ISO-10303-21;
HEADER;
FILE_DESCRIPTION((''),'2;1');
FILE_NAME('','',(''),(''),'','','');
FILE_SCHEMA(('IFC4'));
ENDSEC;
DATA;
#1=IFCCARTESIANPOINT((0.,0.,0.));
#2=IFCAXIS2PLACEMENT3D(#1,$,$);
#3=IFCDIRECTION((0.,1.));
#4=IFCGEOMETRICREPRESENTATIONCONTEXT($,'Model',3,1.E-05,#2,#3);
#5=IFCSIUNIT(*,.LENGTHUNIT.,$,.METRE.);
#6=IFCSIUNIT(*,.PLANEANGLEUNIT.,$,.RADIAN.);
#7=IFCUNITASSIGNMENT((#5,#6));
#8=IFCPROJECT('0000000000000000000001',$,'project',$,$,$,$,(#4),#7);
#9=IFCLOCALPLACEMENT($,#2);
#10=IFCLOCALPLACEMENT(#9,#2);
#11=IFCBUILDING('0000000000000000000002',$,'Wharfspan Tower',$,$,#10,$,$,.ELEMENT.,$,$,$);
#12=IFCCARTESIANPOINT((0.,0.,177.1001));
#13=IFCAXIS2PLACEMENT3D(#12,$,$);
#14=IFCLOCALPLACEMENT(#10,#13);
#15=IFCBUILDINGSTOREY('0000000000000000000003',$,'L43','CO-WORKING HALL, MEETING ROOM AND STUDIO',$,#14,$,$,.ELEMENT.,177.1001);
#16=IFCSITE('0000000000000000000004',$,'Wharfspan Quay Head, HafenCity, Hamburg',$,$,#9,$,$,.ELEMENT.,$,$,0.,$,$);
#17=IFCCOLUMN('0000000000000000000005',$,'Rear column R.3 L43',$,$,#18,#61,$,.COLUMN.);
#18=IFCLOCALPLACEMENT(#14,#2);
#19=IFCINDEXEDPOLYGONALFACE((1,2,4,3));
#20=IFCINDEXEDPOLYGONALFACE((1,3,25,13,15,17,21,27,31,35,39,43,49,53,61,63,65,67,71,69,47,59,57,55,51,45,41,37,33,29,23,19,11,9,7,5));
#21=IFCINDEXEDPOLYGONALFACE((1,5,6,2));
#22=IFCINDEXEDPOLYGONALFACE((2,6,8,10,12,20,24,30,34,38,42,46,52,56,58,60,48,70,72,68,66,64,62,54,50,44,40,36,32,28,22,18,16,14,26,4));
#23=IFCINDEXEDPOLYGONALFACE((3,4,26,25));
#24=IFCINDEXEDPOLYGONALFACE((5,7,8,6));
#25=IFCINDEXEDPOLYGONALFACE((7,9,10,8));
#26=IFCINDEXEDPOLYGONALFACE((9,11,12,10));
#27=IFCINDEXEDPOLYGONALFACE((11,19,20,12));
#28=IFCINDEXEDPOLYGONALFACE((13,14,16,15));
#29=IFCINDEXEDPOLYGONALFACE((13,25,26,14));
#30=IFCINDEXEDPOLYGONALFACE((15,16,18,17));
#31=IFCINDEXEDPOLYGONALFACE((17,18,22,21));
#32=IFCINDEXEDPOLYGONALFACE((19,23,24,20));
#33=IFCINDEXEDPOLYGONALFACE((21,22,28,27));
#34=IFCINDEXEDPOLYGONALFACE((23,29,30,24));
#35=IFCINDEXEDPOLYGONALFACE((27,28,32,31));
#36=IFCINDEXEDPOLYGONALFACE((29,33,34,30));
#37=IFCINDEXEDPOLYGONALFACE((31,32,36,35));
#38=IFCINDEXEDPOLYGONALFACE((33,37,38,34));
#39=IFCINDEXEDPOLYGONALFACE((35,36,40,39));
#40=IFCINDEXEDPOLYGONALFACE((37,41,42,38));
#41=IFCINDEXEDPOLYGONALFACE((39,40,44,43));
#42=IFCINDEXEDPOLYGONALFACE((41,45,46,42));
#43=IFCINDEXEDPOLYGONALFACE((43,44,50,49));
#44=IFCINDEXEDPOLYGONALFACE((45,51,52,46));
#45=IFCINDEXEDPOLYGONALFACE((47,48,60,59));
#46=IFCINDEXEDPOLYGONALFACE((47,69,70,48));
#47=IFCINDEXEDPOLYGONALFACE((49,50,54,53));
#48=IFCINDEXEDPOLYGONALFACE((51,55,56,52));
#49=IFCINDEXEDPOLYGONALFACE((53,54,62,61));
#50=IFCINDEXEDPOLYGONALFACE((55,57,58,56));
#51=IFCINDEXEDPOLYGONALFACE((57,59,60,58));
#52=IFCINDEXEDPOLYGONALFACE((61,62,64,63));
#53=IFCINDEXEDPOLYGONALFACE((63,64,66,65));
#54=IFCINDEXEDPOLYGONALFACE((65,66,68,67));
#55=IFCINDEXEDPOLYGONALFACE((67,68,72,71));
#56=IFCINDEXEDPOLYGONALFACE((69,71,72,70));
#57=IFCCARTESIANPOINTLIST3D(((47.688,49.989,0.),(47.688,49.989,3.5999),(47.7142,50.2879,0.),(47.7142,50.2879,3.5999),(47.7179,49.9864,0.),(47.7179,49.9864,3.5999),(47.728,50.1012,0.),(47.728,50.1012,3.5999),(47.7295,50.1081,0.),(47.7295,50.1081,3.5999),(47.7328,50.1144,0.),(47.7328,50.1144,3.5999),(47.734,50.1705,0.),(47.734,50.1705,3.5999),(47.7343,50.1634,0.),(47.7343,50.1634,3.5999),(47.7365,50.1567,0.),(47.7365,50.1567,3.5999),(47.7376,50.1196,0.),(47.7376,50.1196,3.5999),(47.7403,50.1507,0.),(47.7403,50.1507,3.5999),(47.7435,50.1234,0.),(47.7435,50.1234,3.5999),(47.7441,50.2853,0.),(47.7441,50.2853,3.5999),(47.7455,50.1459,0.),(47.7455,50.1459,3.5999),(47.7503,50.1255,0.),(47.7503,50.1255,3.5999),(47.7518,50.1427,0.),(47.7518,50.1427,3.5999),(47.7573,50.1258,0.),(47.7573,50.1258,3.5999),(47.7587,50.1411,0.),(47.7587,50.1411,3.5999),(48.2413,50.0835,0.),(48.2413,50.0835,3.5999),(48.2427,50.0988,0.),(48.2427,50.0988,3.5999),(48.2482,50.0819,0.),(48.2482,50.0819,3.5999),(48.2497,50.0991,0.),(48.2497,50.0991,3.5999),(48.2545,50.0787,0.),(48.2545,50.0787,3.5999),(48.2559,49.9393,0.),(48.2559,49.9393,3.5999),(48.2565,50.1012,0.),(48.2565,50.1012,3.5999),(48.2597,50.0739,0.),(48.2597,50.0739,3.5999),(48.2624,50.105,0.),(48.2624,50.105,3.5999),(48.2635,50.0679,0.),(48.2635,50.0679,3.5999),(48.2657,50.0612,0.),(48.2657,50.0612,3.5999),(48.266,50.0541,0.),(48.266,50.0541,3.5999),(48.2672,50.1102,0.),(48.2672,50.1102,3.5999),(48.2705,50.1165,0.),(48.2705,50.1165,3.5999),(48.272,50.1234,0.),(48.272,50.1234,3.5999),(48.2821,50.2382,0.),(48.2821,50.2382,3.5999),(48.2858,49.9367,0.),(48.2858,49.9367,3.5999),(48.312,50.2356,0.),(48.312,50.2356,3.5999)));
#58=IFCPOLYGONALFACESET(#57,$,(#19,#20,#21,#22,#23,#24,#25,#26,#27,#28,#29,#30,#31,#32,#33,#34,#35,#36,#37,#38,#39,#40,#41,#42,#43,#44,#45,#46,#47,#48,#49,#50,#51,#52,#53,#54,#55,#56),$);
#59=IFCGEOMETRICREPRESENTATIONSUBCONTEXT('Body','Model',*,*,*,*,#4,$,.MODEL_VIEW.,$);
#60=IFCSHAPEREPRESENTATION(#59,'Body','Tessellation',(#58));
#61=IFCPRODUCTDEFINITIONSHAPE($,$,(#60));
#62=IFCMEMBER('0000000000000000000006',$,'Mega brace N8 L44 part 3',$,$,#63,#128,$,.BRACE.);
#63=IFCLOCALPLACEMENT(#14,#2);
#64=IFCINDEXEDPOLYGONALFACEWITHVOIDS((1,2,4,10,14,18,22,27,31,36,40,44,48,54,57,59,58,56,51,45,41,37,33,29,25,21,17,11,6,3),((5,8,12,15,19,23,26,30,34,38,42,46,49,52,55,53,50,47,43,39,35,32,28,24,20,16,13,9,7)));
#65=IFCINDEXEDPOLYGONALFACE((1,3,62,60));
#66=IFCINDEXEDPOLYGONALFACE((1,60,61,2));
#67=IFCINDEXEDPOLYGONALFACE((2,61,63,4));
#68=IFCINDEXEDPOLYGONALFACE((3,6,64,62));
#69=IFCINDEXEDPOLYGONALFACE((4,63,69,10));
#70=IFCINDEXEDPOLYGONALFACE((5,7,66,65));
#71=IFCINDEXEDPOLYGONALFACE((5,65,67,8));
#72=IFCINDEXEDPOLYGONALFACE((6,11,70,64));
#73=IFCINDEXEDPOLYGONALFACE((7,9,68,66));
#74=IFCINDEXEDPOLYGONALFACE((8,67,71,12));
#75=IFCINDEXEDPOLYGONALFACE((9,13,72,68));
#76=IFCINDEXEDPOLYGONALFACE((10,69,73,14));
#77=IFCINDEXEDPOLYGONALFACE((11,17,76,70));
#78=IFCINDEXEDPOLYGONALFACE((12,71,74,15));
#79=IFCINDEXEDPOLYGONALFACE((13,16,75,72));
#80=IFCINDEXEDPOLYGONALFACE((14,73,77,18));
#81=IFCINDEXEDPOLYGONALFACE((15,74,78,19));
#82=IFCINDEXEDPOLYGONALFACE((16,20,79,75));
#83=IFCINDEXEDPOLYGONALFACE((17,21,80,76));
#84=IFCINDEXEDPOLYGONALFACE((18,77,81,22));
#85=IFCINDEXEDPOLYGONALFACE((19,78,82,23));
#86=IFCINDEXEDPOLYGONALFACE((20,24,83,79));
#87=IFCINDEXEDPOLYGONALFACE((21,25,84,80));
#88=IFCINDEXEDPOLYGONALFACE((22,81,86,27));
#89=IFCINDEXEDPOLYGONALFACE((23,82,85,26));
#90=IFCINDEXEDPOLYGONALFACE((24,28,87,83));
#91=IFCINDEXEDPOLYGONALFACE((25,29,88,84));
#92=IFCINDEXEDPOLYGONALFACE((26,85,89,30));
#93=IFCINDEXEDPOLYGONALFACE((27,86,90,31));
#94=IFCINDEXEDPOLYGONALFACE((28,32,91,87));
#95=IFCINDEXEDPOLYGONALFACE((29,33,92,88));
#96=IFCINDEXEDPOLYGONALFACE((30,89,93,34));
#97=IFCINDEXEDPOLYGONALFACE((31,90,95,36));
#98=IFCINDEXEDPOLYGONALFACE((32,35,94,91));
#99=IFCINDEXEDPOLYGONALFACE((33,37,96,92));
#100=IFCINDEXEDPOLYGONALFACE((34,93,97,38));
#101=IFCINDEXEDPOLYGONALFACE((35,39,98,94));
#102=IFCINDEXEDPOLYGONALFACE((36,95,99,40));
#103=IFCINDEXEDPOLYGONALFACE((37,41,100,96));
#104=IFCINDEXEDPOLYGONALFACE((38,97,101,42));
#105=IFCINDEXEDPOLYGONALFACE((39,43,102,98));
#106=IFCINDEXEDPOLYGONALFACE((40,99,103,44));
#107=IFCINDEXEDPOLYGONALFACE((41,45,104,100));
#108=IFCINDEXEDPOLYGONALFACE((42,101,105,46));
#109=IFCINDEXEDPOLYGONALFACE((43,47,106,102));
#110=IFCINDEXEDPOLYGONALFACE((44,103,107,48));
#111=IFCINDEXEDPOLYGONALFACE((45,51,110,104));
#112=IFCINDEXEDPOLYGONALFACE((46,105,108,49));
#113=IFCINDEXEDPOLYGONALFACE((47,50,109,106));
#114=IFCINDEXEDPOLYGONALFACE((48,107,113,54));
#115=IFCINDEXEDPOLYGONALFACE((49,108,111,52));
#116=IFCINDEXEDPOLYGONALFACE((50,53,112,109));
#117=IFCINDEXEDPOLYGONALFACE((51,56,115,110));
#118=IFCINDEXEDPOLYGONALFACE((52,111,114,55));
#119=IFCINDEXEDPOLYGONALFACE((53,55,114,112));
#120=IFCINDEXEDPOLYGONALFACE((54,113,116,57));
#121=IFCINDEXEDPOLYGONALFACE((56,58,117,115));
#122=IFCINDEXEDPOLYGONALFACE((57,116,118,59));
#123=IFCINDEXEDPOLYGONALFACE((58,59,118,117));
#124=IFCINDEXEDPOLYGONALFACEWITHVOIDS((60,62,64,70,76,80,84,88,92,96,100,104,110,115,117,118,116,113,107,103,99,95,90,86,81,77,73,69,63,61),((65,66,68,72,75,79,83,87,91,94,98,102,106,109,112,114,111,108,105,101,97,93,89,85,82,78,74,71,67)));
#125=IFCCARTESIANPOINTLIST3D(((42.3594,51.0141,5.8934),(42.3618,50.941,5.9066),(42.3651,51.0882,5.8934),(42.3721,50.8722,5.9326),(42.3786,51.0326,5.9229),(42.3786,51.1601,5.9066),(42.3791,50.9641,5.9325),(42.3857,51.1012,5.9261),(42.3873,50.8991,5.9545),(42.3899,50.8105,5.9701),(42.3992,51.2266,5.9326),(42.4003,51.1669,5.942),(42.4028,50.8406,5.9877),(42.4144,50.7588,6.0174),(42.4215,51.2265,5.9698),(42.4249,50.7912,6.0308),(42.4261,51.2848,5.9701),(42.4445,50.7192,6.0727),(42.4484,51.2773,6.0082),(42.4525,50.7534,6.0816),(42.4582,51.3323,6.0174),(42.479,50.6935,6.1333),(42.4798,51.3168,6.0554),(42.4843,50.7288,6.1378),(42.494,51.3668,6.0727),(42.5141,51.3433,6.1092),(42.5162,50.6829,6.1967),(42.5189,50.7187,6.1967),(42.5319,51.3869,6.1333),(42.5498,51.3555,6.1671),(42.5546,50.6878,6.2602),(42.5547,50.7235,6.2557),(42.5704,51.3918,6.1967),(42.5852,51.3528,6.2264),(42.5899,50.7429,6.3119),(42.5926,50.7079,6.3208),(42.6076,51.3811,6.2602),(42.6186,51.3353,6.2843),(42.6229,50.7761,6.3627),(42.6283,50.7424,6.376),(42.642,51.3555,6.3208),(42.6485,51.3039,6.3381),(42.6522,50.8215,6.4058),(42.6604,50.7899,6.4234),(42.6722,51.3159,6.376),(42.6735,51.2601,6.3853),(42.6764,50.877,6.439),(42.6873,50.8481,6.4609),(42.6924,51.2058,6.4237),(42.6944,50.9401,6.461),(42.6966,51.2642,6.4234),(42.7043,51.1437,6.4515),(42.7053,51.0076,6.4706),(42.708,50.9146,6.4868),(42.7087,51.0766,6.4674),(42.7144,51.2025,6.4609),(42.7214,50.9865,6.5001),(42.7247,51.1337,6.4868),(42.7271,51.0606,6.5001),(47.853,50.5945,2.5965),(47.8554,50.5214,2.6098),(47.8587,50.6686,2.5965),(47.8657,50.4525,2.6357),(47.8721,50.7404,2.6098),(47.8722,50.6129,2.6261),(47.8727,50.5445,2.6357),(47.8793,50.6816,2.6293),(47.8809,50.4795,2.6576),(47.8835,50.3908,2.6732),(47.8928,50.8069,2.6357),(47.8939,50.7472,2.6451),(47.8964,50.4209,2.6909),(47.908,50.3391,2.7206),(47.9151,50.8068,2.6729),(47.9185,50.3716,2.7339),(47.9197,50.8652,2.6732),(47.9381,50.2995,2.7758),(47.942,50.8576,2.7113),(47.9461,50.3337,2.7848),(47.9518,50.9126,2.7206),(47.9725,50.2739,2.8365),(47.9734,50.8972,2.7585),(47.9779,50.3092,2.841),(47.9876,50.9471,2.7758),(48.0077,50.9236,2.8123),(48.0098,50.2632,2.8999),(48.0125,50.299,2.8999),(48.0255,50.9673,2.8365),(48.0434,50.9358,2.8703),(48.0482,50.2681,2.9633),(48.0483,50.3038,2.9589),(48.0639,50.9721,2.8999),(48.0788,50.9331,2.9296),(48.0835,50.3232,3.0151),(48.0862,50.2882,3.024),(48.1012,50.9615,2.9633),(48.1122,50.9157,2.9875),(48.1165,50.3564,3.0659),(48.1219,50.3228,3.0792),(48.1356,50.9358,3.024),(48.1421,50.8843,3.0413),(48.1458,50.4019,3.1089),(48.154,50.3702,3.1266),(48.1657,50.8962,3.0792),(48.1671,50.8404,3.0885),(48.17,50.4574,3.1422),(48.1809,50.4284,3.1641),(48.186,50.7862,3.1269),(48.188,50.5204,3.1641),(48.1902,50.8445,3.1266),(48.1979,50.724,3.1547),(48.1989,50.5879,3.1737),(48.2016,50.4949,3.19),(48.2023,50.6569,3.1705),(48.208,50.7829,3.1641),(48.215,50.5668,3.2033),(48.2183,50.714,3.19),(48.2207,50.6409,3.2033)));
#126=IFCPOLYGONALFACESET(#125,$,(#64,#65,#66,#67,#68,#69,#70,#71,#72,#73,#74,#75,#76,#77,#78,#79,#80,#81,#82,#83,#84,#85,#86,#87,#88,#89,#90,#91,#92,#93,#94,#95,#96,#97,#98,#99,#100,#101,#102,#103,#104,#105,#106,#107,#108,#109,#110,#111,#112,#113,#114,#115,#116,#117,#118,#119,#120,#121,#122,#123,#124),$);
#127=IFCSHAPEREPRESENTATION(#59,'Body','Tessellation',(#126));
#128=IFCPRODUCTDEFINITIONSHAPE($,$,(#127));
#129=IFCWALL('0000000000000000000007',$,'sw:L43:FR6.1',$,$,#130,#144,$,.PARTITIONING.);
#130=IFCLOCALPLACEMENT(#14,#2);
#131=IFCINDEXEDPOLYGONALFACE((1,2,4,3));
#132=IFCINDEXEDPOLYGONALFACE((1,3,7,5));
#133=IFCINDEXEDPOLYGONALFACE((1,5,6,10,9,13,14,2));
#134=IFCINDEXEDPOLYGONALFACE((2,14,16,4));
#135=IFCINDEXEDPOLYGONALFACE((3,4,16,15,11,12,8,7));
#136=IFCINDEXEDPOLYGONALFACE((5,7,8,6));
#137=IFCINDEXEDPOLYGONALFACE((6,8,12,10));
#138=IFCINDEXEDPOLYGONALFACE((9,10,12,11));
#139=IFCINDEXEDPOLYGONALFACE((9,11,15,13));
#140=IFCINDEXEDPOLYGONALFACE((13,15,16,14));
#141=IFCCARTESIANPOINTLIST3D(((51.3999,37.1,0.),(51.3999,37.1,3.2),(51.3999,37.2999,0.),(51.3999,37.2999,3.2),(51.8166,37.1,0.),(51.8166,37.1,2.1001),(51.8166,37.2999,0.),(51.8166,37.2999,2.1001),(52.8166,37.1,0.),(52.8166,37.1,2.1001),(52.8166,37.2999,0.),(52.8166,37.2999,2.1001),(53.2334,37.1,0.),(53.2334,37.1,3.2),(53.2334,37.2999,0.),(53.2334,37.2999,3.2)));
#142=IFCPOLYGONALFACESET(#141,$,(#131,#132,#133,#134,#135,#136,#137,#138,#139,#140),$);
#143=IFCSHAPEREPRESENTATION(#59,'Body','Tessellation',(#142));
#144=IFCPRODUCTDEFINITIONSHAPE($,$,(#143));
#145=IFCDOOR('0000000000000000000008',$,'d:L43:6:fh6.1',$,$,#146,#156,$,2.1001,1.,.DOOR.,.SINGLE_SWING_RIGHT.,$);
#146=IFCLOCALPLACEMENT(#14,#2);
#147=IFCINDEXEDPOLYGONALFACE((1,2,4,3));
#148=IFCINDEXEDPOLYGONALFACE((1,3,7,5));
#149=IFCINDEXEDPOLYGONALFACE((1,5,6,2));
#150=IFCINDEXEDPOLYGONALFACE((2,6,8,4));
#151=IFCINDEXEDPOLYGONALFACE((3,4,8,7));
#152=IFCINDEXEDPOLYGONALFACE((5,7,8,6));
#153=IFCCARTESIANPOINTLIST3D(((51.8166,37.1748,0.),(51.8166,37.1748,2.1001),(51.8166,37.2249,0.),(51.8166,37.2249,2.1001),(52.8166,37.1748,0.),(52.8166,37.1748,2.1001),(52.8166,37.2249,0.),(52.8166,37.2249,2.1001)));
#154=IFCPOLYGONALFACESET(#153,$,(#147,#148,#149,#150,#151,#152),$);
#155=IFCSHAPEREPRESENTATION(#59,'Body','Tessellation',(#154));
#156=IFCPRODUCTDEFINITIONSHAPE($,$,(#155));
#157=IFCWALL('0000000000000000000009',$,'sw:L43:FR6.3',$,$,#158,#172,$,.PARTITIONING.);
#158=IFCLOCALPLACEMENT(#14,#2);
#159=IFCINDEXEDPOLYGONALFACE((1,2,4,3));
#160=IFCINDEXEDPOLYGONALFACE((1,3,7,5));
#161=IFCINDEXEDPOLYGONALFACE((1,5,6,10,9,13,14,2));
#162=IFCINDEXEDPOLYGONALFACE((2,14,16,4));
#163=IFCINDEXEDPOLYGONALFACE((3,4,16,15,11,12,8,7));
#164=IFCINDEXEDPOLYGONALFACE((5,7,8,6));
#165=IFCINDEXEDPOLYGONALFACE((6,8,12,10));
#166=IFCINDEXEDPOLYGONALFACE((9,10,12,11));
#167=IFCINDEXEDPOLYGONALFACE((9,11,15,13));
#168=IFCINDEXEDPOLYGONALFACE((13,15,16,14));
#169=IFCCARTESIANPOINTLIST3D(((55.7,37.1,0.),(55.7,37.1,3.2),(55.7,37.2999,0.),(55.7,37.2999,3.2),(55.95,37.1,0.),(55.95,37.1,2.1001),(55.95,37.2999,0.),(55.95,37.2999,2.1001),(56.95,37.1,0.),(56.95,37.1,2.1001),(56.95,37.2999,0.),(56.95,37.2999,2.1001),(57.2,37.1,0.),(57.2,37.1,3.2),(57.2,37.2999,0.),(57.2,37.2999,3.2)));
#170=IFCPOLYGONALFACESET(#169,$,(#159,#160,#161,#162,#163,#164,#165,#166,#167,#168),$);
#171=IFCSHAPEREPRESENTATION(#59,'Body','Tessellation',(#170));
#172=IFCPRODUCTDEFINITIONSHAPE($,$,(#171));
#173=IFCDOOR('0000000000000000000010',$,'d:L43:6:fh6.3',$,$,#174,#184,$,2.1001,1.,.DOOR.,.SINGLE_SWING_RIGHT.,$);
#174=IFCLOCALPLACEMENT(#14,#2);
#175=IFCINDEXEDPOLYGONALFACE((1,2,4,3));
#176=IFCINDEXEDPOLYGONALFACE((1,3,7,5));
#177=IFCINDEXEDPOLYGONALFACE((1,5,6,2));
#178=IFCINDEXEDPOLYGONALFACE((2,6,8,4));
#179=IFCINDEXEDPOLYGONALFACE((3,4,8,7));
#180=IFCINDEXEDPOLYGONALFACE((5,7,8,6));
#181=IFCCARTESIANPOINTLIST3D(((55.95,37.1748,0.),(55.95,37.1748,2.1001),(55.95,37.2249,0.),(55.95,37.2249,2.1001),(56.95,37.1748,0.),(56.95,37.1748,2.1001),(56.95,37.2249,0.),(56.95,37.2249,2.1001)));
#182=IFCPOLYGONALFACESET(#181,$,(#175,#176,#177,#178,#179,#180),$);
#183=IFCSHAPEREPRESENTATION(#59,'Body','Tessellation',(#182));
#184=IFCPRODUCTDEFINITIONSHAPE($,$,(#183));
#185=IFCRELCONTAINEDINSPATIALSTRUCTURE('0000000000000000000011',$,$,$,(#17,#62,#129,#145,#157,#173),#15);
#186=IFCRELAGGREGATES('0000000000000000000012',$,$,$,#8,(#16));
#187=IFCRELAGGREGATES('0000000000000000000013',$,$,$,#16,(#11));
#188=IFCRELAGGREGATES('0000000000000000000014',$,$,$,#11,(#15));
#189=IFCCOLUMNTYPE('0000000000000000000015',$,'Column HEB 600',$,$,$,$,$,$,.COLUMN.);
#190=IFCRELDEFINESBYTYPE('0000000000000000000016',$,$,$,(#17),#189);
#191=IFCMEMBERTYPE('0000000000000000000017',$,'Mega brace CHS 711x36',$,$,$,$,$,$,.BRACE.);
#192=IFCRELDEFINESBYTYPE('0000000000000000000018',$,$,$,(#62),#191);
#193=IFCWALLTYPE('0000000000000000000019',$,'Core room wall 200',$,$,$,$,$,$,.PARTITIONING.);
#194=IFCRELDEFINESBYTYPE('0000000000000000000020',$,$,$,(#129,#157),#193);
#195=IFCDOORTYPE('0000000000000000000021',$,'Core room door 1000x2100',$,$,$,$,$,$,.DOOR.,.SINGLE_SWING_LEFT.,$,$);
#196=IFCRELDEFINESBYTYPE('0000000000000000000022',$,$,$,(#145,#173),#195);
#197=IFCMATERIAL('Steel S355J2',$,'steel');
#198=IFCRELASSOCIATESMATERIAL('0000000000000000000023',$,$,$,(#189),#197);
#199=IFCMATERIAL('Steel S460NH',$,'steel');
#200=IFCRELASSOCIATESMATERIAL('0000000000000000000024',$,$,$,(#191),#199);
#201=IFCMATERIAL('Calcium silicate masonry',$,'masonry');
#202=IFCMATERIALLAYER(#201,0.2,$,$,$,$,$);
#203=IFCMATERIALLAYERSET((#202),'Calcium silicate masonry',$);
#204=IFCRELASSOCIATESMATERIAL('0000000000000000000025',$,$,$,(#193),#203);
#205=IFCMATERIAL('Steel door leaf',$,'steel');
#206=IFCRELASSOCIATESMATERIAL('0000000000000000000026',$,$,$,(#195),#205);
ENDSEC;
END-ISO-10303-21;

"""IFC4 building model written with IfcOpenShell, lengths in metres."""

from ifc_helpers import new_model, si_unit, direction, frame, frame_2d, origin, origin_2d, place, context, subcontext, project, spatial, rectangle, hollow_circle, i_section, extrude, material, layer, layer_set, material_profile, profile_set, type_object, element, fill, save


model = new_model("IFC4")

# Units and contexts
model_context = context("Model", 3, precision=1e-05, world=origin(), true_north=direction((0.0, 1.0)))
body_context = subcontext(model_context, "Body", "Model", "MODEL_VIEW")
ifc_project = project(units=[si_unit("LENGTHUNIT", "METRE"), si_unit("PLANEANGLEUNIT", "RADIAN")], contexts=[model_context])

# Site, building, storey
site_placement = place(None, origin())
site = spatial("IfcSite", under=ifc_project, at=site_placement, Name="Wharfspan Quay Head, HafenCity, Hamburg", CompositionType="ELEMENT", RefElevation=0.0)
building_placement = place(site_placement, origin())
building = spatial("IfcBuilding", under=site, at=building_placement, Name="Wharfspan Tower", CompositionType="ELEMENT")
storey_placement = place(building_placement, frame((0.0, 0.0, 177.1001)))
storey = spatial("IfcBuildingStorey", under=building, at=storey_placement, Name="L43", Description="CO-WORKING HALL, MEETING ROOM AND STUDIO", CompositionType="ELEMENT", Elevation=177.1001)

# Column
ifc_material_1 = material(Name="Steel S355J2", Category="steel")
ifc_material_profile_1 = material_profile(ifc_material_1, i_section(OverallWidth=0.3, OverallDepth=0.6001, WebThickness=0.0154, FlangeThickness=0.03, FilletRadius=0.0271, at=origin_2d()))
ifc_profile_set_1 = profile_set([ifc_material_profile_1], Name="Steel S355J2")
column_type = type_object("IfcColumnType", Name="Column HEB 600", PredefinedType="COLUMN", material=ifc_profile_set_1)
column_placement = place(storey_placement, frame((48.0, 50.1123, 0.0), z_axis=(0.0, 0.0, 1.0), x_axis=(0.087156, 0.996198, 0.0)))
element("IfcColumn", 1, at=column_placement, inside=storey, type_object=column_type, Name="Rear column R.3 L43", PredefinedType="COLUMN", context=body_context, shape_type="SweptSolid", body=[
    extrude(i_section(OverallWidth=0.3, OverallDepth=0.6001, WebThickness=0.0154, FlangeThickness=0.03, FilletRadius=0.0271, at=origin_2d()), origin(), (0.0, 0.0, 1.0), 3.5999),
])

# Member
ifc_material_2 = material(Name="Steel S460NH", Category="steel")
ifc_material_profile_2 = material_profile(ifc_material_2, hollow_circle(Radius=0.3555, WallThickness=0.0359, at=origin_2d()))
ifc_profile_set_2 = profile_set([ifc_material_profile_2], Name="Steel S460NH")
member_type = type_object("IfcMemberType", Name="Mega brace CHS 711x36", PredefinedType="BRACE", material=ifc_profile_set_2)
member_placement = place(storey_placement, frame((48.0369, 50.6177, 2.8999), z_axis=(-0.855612, 0.065363, 0.513474), x_axis=(-0.07617, -0.997093, 0.000002)))
element("IfcMember", 2, at=member_placement, inside=storey, type_object=member_type, Name="Mega brace N8 L44 part 3", PredefinedType="BRACE", context=body_context, shape_type="SweptSolid", body=[
    extrude(hollow_circle(Radius=0.3555, WallThickness=0.0359, at=origin_2d()), origin(), (0.0, 0.0, 1.0), 6.4207),
])

# Walls, openings, doors
ifc_material_3 = material(Name="Calcium silicate masonry", Category="masonry")
ifc_layer_1 = layer(ifc_material_3, 0.2)
ifc_layer_set_1 = layer_set([ifc_layer_1], Name="Calcium silicate masonry")
wall_type_1 = type_object("IfcWallType", Name="Core room wall 200", PredefinedType="PARTITIONING", material=ifc_layer_set_1)
wall_1_placement = place(storey_placement, frame((51.3999, 37.2, 0.0), z_axis=(0.0, 0.0, 1.0), x_axis=(1.0, 0.0, 0.0)))
wall_1 = element("IfcWall", 3, at=wall_1_placement, inside=storey, type_object=wall_type_1, Name="sw:L43:FR6.1", PredefinedType="PARTITIONING", context=body_context, shape_type="SweptSolid", body=[
    extrude(rectangle(XDim=1.8335, YDim=0.2, at=frame_2d((0.9167, 0.0))), origin(), (0.0, 0.0, 1.0), 3.2),
])
opening_1_placement = place(wall_1_placement, frame((0.4167, 0.0, 0.0)))
opening_1 = element("IfcOpeningElement", 4, at=opening_1_placement, cuts=wall_1, PredefinedType="OPENING", context=body_context, shape_type="SweptSolid", body=[
    extrude(rectangle(XDim=1.0, YDim=2.1001, at=frame_2d((0.5, 1.05))), frame((0.0, 0.1099, 0.0), z_axis=(0.0, -1.0, 0.0), x_axis=(1.0, 0.0, 0.0)), (0.0, 0.0, 1.0), 0.22),
])
ifc_material_4 = material(Name="Steel door leaf", Category="steel")
door_type_1 = type_object("IfcDoorType", Name="Core room door 1000x2100", OperationType="SINGLE_SWING_LEFT", PredefinedType="DOOR", material=ifc_material_4)
door_1_placement = place(opening_1_placement, origin())
door_1 = element("IfcDoor", 5, at=door_1_placement, inside=storey, type_object=door_type_1, Name="d:L43:6:fh6.1", OperationType="SINGLE_SWING_RIGHT", OverallHeight=2.1001, OverallWidth=1.0, PredefinedType="DOOR", context=body_context, shape_type="SweptSolid", body=[
    extrude(rectangle(XDim=1.0, YDim=2.1001, at=frame_2d((0.5, 1.05))), frame((0.0, 0.0249, 0.0), z_axis=(0.0, -1.0, 0.0), x_axis=(1.0, 0.0, 0.0)), (0.0, 0.0, 1.0), 0.05),
])
fill(opening_1, door_1)
wall_2_placement = place(storey_placement, frame((55.7, 37.2, 0.0), z_axis=(0.0, 0.0, 1.0), x_axis=(1.0, 0.0, 0.0)))
wall_2 = element("IfcWall", 6, at=wall_2_placement, inside=storey, type_object=wall_type_1, Name="sw:L43:FR6.3", PredefinedType="PARTITIONING", context=body_context, shape_type="SweptSolid", body=[
    extrude(rectangle(XDim=1.5, YDim=0.2, at=frame_2d((0.75, 0.0))), origin(), (0.0, 0.0, 1.0), 3.2),
])
opening_2_placement = place(wall_2_placement, frame((0.25, 0.0, 0.0)))
opening_2 = element("IfcOpeningElement", 7, at=opening_2_placement, cuts=wall_2, PredefinedType="OPENING", context=body_context, shape_type="SweptSolid", body=[
    extrude(rectangle(XDim=1.0, YDim=2.1001, at=frame_2d((0.5, 1.05))), frame((0.0, 0.1099, 0.0), z_axis=(0.0, -1.0, 0.0), x_axis=(1.0, 0.0, 0.0)), (0.0, 0.0, 1.0), 0.22),
])
door_2_placement = place(opening_2_placement, origin())
door_2 = element("IfcDoor", 8, at=door_2_placement, inside=storey, type_object=door_type_1, Name="d:L43:6:fh6.3", OperationType="SINGLE_SWING_RIGHT", OverallHeight=2.1001, OverallWidth=1.0, PredefinedType="DOOR", context=body_context, shape_type="SweptSolid", body=[
    extrude(rectangle(XDim=1.0, YDim=2.1001, at=frame_2d((0.5, 1.05))), frame((0.0, 0.0249, 0.0), z_axis=(0.0, -1.0, 0.0), x_axis=(1.0, 0.0, 0.0)), (0.0, 0.0, 1.0), 0.05),
])
fill(opening_2, door_2)

save(model, "model.ifc")
